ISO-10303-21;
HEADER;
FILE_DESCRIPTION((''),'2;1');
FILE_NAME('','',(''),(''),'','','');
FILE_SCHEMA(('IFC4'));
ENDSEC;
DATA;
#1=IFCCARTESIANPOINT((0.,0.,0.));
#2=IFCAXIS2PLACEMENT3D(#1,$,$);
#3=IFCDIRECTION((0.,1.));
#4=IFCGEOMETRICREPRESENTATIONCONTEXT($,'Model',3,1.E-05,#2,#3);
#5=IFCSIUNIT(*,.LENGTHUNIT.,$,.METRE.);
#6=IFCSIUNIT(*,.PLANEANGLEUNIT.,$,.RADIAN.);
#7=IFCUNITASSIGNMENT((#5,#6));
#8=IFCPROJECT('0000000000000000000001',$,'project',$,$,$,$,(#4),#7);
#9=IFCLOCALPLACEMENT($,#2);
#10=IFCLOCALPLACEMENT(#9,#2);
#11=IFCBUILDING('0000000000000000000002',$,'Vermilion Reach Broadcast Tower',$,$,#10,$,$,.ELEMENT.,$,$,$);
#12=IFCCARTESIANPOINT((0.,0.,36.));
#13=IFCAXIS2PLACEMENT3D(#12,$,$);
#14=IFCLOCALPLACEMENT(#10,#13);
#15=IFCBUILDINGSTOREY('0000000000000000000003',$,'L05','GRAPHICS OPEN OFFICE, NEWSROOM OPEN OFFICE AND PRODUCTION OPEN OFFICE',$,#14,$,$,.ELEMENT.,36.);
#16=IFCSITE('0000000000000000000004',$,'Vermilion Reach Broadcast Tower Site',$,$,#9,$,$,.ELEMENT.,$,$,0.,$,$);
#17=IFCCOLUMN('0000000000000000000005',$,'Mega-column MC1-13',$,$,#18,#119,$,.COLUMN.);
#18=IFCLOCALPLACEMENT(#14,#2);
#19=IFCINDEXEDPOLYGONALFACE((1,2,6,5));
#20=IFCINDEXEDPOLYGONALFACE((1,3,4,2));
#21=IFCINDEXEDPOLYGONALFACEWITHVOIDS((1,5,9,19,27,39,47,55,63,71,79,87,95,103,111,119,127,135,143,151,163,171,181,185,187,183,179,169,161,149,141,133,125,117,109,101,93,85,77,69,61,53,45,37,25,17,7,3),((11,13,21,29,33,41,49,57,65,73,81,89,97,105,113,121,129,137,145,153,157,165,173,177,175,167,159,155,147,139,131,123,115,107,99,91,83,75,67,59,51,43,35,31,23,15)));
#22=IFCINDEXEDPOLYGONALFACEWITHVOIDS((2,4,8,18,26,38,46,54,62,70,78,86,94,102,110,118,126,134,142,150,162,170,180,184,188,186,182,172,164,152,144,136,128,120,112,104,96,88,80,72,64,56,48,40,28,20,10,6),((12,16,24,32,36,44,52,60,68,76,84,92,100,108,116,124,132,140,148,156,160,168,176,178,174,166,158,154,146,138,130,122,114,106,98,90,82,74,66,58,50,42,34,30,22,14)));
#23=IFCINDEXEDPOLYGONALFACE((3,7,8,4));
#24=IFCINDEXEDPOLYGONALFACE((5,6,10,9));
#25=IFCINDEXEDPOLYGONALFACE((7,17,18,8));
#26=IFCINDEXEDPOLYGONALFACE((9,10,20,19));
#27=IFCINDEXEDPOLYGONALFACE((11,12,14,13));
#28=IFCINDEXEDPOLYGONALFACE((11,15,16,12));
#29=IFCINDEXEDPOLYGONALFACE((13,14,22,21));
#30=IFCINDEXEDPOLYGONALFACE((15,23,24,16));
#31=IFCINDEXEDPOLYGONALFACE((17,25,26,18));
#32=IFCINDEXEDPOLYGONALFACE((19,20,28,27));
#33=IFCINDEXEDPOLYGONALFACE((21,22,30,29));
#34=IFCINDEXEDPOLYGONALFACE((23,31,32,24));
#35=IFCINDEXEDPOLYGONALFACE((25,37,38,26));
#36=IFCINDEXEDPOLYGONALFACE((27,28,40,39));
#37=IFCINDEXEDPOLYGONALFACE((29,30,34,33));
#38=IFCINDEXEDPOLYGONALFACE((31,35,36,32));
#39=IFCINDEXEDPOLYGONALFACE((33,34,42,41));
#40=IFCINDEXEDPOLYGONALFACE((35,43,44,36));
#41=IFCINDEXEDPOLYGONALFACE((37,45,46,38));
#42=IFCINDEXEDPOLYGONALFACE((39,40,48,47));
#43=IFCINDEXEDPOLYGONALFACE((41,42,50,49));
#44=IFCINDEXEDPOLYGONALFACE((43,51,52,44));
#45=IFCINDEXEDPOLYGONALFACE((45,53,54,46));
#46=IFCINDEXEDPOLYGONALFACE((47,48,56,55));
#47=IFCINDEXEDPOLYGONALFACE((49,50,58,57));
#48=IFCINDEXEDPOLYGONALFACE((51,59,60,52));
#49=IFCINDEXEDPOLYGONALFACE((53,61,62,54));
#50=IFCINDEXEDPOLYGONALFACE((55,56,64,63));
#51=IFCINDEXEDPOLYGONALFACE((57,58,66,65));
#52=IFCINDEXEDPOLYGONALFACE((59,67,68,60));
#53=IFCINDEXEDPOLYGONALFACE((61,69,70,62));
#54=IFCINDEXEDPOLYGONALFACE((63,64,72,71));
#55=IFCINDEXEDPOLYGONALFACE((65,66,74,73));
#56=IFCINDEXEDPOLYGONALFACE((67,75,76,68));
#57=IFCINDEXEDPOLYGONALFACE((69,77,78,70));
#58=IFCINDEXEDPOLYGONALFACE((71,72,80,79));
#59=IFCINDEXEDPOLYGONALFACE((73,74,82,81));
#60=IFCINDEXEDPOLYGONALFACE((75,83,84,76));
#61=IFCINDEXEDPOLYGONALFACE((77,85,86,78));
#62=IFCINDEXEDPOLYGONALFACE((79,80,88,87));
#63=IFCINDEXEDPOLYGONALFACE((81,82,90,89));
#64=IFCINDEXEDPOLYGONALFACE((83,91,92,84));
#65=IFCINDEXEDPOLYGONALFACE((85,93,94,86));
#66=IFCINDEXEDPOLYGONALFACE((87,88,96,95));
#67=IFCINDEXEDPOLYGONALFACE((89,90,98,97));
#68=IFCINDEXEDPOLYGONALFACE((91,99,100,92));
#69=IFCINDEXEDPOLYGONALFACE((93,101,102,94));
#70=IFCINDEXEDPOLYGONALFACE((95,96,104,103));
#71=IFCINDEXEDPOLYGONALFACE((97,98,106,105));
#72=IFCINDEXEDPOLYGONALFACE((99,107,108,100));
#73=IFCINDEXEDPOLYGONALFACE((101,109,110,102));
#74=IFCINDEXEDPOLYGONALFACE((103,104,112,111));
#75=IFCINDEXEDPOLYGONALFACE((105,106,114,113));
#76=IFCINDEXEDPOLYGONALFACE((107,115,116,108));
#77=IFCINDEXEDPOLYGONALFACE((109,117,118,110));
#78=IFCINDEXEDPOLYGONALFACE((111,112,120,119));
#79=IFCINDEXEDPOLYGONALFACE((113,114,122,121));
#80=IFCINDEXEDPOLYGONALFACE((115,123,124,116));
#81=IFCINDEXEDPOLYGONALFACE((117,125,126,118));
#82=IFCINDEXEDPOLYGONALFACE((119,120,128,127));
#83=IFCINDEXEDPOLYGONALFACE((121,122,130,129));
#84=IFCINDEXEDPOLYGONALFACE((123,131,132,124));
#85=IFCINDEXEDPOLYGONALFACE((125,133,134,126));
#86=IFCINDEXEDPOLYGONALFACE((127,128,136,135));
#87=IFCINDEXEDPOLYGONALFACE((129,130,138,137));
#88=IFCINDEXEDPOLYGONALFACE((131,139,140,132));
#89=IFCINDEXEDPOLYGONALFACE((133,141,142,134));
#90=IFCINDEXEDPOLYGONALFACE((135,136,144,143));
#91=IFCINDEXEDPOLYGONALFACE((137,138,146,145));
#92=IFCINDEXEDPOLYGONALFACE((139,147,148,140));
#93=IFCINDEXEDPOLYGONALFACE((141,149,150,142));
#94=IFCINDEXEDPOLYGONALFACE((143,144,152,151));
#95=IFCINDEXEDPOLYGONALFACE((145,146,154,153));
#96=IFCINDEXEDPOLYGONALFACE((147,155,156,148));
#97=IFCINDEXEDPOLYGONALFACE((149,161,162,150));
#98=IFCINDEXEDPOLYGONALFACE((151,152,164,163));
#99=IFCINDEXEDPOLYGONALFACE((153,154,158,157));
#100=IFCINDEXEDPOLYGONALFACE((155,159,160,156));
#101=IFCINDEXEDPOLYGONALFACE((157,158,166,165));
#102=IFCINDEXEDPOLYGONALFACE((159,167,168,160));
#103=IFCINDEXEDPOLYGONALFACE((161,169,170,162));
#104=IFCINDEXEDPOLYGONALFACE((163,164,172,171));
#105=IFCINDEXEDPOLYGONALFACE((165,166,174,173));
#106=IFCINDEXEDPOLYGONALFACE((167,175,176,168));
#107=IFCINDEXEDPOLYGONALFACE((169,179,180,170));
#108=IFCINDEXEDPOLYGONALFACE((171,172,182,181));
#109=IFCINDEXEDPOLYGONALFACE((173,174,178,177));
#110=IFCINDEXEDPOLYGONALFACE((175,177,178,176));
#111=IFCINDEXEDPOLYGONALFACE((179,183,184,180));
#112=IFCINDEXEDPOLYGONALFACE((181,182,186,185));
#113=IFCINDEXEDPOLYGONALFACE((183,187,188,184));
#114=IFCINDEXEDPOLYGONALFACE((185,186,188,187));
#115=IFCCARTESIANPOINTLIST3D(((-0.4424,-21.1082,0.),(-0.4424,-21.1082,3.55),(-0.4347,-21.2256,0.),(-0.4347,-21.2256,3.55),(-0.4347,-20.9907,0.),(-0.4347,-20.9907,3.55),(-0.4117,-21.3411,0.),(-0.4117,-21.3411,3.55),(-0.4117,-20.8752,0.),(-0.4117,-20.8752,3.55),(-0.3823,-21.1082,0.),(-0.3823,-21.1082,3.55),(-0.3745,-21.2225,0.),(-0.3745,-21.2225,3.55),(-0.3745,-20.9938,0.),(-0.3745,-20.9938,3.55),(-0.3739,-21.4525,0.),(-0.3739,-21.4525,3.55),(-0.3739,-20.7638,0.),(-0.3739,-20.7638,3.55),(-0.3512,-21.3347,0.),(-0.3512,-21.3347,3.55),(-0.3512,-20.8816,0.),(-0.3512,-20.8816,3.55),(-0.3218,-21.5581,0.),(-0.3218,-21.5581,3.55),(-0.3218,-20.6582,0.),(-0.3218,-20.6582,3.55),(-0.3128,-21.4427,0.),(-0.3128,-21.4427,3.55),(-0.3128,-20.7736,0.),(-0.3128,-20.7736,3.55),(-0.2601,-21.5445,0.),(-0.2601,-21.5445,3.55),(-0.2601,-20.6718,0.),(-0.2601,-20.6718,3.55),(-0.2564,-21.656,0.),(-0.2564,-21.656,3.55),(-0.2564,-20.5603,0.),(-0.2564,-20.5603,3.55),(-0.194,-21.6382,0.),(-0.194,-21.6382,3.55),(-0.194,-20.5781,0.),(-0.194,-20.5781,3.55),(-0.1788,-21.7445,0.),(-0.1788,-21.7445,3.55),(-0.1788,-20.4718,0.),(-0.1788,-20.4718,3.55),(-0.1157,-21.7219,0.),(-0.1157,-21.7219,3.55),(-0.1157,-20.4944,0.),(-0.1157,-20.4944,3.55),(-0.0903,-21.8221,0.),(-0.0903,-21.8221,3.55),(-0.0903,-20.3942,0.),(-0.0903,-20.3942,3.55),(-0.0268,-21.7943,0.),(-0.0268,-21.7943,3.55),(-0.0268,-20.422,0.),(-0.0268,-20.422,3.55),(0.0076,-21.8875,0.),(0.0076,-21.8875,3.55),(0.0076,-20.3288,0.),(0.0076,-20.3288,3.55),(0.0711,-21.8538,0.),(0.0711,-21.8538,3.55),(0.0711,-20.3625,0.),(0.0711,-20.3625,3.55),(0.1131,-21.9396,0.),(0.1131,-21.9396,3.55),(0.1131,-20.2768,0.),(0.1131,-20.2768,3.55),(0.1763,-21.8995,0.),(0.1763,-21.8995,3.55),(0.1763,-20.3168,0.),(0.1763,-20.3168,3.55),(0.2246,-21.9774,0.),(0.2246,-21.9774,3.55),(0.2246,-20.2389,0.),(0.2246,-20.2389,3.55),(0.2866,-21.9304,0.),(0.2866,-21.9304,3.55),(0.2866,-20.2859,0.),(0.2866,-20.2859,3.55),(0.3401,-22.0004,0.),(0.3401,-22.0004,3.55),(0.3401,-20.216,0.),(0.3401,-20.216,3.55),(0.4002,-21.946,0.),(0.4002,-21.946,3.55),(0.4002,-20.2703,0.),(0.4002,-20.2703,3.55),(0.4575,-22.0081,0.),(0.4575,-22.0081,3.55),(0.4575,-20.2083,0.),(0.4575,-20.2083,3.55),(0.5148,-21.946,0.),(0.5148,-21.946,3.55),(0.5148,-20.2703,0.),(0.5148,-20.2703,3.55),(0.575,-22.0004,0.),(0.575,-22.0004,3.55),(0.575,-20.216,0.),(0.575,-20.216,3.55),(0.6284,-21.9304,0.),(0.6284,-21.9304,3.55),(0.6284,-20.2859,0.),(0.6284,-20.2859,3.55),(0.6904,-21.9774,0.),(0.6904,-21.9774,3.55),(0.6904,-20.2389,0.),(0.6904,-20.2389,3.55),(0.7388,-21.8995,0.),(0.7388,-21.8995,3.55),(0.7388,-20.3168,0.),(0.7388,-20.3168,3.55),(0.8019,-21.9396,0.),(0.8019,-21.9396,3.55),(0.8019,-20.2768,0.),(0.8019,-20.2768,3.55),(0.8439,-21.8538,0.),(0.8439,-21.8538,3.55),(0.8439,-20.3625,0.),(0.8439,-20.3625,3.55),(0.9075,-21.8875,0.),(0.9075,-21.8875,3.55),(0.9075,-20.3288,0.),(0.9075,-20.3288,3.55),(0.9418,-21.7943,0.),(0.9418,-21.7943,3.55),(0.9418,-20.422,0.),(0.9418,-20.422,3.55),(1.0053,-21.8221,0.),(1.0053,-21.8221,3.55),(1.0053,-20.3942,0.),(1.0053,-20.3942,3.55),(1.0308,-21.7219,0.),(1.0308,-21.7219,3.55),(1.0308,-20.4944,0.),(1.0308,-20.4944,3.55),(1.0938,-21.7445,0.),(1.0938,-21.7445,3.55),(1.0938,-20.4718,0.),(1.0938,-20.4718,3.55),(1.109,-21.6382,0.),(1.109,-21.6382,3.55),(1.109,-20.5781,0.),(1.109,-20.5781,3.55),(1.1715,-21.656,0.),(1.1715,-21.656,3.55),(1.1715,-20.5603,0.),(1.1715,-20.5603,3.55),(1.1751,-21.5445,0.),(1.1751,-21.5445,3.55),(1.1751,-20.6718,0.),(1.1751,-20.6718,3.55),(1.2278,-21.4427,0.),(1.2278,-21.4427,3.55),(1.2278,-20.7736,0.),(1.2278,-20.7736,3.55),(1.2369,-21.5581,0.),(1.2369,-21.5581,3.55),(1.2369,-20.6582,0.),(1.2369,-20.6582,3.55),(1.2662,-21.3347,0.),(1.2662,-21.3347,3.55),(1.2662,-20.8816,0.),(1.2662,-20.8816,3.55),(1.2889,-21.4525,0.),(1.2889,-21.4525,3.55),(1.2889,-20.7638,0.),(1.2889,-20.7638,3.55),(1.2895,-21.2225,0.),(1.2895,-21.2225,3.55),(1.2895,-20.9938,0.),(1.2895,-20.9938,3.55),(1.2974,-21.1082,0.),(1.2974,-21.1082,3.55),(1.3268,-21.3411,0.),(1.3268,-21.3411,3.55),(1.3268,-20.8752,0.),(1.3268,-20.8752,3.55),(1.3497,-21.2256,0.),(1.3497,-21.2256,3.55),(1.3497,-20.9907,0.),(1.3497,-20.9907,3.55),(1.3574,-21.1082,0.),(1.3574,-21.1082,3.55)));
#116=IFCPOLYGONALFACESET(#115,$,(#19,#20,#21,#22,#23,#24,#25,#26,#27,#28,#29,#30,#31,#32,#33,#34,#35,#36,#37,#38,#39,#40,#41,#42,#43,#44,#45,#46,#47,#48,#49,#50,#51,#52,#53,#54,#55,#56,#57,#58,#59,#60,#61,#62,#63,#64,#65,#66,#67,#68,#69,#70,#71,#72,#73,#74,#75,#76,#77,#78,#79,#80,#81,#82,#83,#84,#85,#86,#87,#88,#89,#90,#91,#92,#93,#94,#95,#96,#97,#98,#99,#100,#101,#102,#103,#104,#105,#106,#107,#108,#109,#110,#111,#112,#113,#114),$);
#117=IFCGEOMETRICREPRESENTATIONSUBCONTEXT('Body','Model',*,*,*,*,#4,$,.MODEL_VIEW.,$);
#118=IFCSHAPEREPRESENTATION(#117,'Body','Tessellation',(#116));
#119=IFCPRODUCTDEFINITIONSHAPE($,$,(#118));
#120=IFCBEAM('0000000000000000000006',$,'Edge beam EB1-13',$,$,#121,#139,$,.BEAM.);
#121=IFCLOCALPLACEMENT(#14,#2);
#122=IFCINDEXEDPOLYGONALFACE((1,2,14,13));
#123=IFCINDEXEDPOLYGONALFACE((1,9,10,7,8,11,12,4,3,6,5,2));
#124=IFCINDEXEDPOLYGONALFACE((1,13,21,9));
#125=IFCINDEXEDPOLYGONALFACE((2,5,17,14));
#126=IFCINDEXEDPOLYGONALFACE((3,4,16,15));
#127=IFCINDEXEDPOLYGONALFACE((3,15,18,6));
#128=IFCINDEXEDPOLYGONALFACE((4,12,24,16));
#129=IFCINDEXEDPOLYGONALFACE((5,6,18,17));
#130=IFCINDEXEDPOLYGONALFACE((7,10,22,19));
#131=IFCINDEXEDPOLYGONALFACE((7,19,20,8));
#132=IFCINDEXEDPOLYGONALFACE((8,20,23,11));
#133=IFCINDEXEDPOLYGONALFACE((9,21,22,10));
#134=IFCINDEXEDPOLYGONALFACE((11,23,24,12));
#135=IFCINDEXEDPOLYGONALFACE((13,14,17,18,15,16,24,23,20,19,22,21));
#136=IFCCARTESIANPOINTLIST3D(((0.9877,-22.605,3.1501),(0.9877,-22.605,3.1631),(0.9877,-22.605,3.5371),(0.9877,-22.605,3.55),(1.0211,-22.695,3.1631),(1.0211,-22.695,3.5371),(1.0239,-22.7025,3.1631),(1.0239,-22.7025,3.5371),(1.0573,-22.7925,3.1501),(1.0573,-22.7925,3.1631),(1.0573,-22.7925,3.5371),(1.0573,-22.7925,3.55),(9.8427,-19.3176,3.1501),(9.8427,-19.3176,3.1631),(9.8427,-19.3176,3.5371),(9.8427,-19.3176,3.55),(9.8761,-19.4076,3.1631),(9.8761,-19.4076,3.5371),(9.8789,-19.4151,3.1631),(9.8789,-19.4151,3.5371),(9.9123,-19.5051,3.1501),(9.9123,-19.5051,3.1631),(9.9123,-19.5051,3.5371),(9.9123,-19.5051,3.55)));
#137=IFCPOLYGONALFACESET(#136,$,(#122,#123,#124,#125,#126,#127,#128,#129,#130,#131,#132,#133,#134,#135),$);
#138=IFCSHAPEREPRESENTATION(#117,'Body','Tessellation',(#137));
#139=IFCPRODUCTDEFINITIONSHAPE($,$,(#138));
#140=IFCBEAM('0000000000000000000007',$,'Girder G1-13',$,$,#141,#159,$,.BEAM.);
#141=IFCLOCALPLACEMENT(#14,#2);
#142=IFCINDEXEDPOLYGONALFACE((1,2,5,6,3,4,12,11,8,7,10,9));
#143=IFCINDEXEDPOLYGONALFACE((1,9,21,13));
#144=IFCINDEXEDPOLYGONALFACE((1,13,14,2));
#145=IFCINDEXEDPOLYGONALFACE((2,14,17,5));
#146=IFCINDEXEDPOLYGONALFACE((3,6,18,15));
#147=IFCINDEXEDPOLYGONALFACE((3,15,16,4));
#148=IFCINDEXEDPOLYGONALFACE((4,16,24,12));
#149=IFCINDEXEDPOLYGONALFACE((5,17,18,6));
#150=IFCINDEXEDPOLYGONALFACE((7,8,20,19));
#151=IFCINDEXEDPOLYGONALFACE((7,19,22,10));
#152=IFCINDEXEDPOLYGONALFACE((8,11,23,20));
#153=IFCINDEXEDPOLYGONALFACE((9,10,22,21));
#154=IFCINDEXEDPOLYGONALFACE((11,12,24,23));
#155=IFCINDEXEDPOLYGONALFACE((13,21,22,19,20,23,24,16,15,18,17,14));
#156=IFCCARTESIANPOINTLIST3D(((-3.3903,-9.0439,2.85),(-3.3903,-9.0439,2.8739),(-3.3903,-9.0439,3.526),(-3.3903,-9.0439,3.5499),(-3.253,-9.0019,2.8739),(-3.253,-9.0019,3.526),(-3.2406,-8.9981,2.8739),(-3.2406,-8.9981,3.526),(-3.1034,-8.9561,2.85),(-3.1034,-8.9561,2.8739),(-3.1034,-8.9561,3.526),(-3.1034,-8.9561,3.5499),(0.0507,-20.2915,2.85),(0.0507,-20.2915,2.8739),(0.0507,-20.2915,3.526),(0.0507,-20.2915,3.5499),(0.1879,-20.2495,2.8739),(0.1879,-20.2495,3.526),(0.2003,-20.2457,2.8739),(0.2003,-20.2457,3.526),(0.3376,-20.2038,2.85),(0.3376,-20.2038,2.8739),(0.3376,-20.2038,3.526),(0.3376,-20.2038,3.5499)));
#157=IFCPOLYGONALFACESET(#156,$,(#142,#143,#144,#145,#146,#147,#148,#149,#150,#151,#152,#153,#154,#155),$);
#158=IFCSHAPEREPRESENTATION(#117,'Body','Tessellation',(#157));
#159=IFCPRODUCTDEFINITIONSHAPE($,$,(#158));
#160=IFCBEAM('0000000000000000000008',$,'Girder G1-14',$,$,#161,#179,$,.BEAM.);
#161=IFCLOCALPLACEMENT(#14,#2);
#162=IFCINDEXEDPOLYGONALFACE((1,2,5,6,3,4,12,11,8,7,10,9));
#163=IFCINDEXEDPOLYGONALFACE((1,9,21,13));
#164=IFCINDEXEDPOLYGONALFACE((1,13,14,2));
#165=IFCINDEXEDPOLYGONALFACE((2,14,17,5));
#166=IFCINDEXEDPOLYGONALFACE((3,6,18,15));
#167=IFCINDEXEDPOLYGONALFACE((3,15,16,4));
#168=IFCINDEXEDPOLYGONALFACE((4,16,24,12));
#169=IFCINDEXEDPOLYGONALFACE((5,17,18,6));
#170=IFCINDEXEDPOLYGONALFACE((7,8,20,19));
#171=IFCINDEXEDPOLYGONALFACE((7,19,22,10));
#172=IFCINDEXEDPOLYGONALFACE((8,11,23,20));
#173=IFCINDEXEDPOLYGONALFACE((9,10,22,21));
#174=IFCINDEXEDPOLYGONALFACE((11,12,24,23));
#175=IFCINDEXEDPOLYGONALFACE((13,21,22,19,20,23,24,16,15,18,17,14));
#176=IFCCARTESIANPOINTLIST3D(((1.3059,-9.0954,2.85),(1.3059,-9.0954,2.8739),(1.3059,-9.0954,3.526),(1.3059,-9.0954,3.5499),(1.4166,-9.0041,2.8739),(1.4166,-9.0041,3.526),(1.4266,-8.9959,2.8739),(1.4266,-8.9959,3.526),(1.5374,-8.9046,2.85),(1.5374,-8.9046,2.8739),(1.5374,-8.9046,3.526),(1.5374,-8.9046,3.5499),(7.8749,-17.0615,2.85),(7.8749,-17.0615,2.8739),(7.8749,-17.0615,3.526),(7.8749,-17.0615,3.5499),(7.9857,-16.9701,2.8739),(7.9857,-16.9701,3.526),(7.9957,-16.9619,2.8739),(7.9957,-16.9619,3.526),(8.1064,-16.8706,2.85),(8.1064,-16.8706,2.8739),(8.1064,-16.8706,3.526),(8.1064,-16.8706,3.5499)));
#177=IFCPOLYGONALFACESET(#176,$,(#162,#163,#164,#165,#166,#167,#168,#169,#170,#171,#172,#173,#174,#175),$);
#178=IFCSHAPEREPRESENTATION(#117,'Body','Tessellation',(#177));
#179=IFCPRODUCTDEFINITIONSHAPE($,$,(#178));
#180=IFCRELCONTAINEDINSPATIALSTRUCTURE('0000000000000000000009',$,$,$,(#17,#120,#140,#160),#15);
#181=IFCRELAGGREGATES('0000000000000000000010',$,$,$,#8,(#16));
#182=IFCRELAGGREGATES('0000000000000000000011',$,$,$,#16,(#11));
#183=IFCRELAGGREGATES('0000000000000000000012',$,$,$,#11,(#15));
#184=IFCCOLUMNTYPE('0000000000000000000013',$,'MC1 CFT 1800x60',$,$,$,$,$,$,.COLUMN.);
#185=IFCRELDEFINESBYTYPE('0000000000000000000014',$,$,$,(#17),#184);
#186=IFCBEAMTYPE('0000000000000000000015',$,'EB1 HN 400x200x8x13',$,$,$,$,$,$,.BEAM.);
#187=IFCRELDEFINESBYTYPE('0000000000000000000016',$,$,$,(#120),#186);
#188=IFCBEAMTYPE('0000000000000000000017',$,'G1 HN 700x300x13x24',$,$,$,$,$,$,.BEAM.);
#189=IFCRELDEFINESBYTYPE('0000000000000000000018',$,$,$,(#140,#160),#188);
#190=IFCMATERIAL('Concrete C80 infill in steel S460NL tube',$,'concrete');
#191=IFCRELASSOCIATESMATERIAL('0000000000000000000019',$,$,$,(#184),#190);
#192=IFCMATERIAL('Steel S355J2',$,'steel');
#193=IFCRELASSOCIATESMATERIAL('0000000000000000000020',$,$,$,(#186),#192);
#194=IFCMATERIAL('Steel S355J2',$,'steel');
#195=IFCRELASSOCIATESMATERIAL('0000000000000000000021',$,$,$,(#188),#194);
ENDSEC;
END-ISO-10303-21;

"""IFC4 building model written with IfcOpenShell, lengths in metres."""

from ifc_helpers import new_model, si_unit, direction, frame, origin, origin_2d, place, context, subcontext, project, spatial, hollow_circle, i_section, extrude, material, material_profile, profile_set, type_object, element, save


model = new_model("IFC4")

# Units and contexts
model_context = context("Model", 3, precision=1e-05, world=origin(), true_north=direction((0.0, 1.0)))
body_context = subcontext(model_context, "Body", "Model", "MODEL_VIEW")
ifc_project = project(units=[si_unit("LENGTHUNIT", "METRE"), si_unit("PLANEANGLEUNIT", "RADIAN")], contexts=[model_context])

# Site, building, storey
site_placement = place(None, origin())
site = spatial("IfcSite", under=ifc_project, at=site_placement, Name="Vermilion Reach Broadcast Tower Site", CompositionType="ELEMENT", RefElevation=0.0)
building_placement = place(site_placement, origin())
building = spatial("IfcBuilding", under=site, at=building_placement, Name="Vermilion Reach Broadcast Tower", CompositionType="ELEMENT")
storey_placement = place(building_placement, frame((0.0, 0.0, 36.0)))
storey = spatial("IfcBuildingStorey", under=building, at=storey_placement, Name="L05", Description="GRAPHICS OPEN OFFICE, NEWSROOM OPEN OFFICE AND PRODUCTION OPEN OFFICE", CompositionType="ELEMENT", Elevation=36.0)

# Column
ifc_material_1 = material(Name="Concrete C80 infill in steel S460NL tube", Category="concrete")
ifc_material_profile_1 = material_profile(ifc_material_1, hollow_circle(Radius=0.8999, WallThickness=0.0601, at=origin_2d()), Name="Concrete C80 infill in steel S460NL tube CFT 1800x60")
ifc_profile_set_1 = profile_set([ifc_material_profile_1], Name="Concrete C80 infill in steel S460NL tube")
column_type = type_object("IfcColumnType", Name="MC1 CFT 1800x60", PredefinedType="COLUMN", material=ifc_profile_set_1)
column_placement = place(storey_placement, frame((0.4575, -21.1082, 0.0), z_axis=(0.0, 0.0, 1.0), x_axis=(1.0, 0.0, 0.0)))
element("IfcColumn", 1, at=column_placement, inside=storey, type_object=column_type, Name="Mega-column MC1-13", PredefinedType="COLUMN", context=body_context, shape_type="SweptSolid", body=[
    extrude(hollow_circle(Radius=0.8999, WallThickness=0.0601, at=origin_2d()), origin(), (0.0, 0.0, 1.0), 3.55),
])

# Beams
ifc_material_2 = material(Name="Steel S355J2", Category="steel")
ifc_material_profile_2 = material_profile(ifc_material_2, i_section(OverallWidth=0.2, OverallDepth=0.3999, WebThickness=0.0081, FlangeThickness=0.0129, at=origin_2d()), Name="S355J2 HN 400x200x8x13")
ifc_profile_set_2 = profile_set([ifc_material_profile_2], Name="Steel S355J2")
beam_type_1 = type_object("IfcBeamType", Name="EB1 HN 400x200x8x13", PredefinedType="BEAM", material=ifc_profile_set_2)
beam_1_placement = place(storey_placement, frame((1.0225, -22.6987, 3.3501), z_axis=(0.937482, 0.348034, 0.0), x_axis=(-0.348034, 0.937482, 0.0)))
element("IfcBeam", 2, at=beam_1_placement, inside=storey, type_object=beam_type_1, Name="Edge beam EB1-13", PredefinedType="BEAM", context=body_context, shape_type="SweptSolid", body=[
    extrude(i_section(OverallWidth=0.2, OverallDepth=0.3999, WebThickness=0.0081, FlangeThickness=0.0129, at=origin_2d()), origin(), (0.0, 0.0, 1.0), 9.4456),
])
ifc_material_3 = material(Name="Steel S355J2", Category="steel")
ifc_material_profile_3 = material_profile(ifc_material_3, i_section(OverallWidth=0.3, OverallDepth=0.7, WebThickness=0.0129, FlangeThickness=0.0239, at=origin_2d()), Name="S355J2 HN 700x300x13x24")
ifc_profile_set_3 = profile_set([ifc_material_profile_3], Name="Steel S355J2")
beam_type_2 = type_object("IfcBeamType", Name="G1 HN 700x300x13x24", PredefinedType="BEAM", material=ifc_profile_set_3)
beam_2_placement = place(storey_placement, frame((-3.2468, -9.0, 3.2), z_axis=(0.292542, -0.956253, 0.0), x_axis=(0.956253, 0.292542, 0.0)))
element("IfcBeam", 3, at=beam_2_placement, inside=storey, type_object=beam_type_2, Name="Girder G1-13", PredefinedType="BEAM", context=body_context, shape_type="SweptSolid", body=[
    extrude(i_section(OverallWidth=0.3, OverallDepth=0.7, WebThickness=0.0129, FlangeThickness=0.0239, at=origin_2d()), origin(), (0.0, 0.0, 1.0), 11.7622),
])
beam_3_placement = place(storey_placement, frame((1.4216, -9.0, 3.2), z_axis=(0.636215, -0.771512, 0.0), x_axis=(0.771512, 0.636215, 0.0)))
element("IfcBeam", 4, at=beam_3_placement, inside=storey, type_object=beam_type_2, Name="Girder G1-14", PredefinedType="BEAM", context=body_context, shape_type="SweptSolid", body=[
    extrude(i_section(OverallWidth=0.3, OverallDepth=0.7, WebThickness=0.0129, FlangeThickness=0.0239, at=origin_2d()), origin(), (0.0, 0.0, 1.0), 10.3252),
])

save(model, "model.ifc")
